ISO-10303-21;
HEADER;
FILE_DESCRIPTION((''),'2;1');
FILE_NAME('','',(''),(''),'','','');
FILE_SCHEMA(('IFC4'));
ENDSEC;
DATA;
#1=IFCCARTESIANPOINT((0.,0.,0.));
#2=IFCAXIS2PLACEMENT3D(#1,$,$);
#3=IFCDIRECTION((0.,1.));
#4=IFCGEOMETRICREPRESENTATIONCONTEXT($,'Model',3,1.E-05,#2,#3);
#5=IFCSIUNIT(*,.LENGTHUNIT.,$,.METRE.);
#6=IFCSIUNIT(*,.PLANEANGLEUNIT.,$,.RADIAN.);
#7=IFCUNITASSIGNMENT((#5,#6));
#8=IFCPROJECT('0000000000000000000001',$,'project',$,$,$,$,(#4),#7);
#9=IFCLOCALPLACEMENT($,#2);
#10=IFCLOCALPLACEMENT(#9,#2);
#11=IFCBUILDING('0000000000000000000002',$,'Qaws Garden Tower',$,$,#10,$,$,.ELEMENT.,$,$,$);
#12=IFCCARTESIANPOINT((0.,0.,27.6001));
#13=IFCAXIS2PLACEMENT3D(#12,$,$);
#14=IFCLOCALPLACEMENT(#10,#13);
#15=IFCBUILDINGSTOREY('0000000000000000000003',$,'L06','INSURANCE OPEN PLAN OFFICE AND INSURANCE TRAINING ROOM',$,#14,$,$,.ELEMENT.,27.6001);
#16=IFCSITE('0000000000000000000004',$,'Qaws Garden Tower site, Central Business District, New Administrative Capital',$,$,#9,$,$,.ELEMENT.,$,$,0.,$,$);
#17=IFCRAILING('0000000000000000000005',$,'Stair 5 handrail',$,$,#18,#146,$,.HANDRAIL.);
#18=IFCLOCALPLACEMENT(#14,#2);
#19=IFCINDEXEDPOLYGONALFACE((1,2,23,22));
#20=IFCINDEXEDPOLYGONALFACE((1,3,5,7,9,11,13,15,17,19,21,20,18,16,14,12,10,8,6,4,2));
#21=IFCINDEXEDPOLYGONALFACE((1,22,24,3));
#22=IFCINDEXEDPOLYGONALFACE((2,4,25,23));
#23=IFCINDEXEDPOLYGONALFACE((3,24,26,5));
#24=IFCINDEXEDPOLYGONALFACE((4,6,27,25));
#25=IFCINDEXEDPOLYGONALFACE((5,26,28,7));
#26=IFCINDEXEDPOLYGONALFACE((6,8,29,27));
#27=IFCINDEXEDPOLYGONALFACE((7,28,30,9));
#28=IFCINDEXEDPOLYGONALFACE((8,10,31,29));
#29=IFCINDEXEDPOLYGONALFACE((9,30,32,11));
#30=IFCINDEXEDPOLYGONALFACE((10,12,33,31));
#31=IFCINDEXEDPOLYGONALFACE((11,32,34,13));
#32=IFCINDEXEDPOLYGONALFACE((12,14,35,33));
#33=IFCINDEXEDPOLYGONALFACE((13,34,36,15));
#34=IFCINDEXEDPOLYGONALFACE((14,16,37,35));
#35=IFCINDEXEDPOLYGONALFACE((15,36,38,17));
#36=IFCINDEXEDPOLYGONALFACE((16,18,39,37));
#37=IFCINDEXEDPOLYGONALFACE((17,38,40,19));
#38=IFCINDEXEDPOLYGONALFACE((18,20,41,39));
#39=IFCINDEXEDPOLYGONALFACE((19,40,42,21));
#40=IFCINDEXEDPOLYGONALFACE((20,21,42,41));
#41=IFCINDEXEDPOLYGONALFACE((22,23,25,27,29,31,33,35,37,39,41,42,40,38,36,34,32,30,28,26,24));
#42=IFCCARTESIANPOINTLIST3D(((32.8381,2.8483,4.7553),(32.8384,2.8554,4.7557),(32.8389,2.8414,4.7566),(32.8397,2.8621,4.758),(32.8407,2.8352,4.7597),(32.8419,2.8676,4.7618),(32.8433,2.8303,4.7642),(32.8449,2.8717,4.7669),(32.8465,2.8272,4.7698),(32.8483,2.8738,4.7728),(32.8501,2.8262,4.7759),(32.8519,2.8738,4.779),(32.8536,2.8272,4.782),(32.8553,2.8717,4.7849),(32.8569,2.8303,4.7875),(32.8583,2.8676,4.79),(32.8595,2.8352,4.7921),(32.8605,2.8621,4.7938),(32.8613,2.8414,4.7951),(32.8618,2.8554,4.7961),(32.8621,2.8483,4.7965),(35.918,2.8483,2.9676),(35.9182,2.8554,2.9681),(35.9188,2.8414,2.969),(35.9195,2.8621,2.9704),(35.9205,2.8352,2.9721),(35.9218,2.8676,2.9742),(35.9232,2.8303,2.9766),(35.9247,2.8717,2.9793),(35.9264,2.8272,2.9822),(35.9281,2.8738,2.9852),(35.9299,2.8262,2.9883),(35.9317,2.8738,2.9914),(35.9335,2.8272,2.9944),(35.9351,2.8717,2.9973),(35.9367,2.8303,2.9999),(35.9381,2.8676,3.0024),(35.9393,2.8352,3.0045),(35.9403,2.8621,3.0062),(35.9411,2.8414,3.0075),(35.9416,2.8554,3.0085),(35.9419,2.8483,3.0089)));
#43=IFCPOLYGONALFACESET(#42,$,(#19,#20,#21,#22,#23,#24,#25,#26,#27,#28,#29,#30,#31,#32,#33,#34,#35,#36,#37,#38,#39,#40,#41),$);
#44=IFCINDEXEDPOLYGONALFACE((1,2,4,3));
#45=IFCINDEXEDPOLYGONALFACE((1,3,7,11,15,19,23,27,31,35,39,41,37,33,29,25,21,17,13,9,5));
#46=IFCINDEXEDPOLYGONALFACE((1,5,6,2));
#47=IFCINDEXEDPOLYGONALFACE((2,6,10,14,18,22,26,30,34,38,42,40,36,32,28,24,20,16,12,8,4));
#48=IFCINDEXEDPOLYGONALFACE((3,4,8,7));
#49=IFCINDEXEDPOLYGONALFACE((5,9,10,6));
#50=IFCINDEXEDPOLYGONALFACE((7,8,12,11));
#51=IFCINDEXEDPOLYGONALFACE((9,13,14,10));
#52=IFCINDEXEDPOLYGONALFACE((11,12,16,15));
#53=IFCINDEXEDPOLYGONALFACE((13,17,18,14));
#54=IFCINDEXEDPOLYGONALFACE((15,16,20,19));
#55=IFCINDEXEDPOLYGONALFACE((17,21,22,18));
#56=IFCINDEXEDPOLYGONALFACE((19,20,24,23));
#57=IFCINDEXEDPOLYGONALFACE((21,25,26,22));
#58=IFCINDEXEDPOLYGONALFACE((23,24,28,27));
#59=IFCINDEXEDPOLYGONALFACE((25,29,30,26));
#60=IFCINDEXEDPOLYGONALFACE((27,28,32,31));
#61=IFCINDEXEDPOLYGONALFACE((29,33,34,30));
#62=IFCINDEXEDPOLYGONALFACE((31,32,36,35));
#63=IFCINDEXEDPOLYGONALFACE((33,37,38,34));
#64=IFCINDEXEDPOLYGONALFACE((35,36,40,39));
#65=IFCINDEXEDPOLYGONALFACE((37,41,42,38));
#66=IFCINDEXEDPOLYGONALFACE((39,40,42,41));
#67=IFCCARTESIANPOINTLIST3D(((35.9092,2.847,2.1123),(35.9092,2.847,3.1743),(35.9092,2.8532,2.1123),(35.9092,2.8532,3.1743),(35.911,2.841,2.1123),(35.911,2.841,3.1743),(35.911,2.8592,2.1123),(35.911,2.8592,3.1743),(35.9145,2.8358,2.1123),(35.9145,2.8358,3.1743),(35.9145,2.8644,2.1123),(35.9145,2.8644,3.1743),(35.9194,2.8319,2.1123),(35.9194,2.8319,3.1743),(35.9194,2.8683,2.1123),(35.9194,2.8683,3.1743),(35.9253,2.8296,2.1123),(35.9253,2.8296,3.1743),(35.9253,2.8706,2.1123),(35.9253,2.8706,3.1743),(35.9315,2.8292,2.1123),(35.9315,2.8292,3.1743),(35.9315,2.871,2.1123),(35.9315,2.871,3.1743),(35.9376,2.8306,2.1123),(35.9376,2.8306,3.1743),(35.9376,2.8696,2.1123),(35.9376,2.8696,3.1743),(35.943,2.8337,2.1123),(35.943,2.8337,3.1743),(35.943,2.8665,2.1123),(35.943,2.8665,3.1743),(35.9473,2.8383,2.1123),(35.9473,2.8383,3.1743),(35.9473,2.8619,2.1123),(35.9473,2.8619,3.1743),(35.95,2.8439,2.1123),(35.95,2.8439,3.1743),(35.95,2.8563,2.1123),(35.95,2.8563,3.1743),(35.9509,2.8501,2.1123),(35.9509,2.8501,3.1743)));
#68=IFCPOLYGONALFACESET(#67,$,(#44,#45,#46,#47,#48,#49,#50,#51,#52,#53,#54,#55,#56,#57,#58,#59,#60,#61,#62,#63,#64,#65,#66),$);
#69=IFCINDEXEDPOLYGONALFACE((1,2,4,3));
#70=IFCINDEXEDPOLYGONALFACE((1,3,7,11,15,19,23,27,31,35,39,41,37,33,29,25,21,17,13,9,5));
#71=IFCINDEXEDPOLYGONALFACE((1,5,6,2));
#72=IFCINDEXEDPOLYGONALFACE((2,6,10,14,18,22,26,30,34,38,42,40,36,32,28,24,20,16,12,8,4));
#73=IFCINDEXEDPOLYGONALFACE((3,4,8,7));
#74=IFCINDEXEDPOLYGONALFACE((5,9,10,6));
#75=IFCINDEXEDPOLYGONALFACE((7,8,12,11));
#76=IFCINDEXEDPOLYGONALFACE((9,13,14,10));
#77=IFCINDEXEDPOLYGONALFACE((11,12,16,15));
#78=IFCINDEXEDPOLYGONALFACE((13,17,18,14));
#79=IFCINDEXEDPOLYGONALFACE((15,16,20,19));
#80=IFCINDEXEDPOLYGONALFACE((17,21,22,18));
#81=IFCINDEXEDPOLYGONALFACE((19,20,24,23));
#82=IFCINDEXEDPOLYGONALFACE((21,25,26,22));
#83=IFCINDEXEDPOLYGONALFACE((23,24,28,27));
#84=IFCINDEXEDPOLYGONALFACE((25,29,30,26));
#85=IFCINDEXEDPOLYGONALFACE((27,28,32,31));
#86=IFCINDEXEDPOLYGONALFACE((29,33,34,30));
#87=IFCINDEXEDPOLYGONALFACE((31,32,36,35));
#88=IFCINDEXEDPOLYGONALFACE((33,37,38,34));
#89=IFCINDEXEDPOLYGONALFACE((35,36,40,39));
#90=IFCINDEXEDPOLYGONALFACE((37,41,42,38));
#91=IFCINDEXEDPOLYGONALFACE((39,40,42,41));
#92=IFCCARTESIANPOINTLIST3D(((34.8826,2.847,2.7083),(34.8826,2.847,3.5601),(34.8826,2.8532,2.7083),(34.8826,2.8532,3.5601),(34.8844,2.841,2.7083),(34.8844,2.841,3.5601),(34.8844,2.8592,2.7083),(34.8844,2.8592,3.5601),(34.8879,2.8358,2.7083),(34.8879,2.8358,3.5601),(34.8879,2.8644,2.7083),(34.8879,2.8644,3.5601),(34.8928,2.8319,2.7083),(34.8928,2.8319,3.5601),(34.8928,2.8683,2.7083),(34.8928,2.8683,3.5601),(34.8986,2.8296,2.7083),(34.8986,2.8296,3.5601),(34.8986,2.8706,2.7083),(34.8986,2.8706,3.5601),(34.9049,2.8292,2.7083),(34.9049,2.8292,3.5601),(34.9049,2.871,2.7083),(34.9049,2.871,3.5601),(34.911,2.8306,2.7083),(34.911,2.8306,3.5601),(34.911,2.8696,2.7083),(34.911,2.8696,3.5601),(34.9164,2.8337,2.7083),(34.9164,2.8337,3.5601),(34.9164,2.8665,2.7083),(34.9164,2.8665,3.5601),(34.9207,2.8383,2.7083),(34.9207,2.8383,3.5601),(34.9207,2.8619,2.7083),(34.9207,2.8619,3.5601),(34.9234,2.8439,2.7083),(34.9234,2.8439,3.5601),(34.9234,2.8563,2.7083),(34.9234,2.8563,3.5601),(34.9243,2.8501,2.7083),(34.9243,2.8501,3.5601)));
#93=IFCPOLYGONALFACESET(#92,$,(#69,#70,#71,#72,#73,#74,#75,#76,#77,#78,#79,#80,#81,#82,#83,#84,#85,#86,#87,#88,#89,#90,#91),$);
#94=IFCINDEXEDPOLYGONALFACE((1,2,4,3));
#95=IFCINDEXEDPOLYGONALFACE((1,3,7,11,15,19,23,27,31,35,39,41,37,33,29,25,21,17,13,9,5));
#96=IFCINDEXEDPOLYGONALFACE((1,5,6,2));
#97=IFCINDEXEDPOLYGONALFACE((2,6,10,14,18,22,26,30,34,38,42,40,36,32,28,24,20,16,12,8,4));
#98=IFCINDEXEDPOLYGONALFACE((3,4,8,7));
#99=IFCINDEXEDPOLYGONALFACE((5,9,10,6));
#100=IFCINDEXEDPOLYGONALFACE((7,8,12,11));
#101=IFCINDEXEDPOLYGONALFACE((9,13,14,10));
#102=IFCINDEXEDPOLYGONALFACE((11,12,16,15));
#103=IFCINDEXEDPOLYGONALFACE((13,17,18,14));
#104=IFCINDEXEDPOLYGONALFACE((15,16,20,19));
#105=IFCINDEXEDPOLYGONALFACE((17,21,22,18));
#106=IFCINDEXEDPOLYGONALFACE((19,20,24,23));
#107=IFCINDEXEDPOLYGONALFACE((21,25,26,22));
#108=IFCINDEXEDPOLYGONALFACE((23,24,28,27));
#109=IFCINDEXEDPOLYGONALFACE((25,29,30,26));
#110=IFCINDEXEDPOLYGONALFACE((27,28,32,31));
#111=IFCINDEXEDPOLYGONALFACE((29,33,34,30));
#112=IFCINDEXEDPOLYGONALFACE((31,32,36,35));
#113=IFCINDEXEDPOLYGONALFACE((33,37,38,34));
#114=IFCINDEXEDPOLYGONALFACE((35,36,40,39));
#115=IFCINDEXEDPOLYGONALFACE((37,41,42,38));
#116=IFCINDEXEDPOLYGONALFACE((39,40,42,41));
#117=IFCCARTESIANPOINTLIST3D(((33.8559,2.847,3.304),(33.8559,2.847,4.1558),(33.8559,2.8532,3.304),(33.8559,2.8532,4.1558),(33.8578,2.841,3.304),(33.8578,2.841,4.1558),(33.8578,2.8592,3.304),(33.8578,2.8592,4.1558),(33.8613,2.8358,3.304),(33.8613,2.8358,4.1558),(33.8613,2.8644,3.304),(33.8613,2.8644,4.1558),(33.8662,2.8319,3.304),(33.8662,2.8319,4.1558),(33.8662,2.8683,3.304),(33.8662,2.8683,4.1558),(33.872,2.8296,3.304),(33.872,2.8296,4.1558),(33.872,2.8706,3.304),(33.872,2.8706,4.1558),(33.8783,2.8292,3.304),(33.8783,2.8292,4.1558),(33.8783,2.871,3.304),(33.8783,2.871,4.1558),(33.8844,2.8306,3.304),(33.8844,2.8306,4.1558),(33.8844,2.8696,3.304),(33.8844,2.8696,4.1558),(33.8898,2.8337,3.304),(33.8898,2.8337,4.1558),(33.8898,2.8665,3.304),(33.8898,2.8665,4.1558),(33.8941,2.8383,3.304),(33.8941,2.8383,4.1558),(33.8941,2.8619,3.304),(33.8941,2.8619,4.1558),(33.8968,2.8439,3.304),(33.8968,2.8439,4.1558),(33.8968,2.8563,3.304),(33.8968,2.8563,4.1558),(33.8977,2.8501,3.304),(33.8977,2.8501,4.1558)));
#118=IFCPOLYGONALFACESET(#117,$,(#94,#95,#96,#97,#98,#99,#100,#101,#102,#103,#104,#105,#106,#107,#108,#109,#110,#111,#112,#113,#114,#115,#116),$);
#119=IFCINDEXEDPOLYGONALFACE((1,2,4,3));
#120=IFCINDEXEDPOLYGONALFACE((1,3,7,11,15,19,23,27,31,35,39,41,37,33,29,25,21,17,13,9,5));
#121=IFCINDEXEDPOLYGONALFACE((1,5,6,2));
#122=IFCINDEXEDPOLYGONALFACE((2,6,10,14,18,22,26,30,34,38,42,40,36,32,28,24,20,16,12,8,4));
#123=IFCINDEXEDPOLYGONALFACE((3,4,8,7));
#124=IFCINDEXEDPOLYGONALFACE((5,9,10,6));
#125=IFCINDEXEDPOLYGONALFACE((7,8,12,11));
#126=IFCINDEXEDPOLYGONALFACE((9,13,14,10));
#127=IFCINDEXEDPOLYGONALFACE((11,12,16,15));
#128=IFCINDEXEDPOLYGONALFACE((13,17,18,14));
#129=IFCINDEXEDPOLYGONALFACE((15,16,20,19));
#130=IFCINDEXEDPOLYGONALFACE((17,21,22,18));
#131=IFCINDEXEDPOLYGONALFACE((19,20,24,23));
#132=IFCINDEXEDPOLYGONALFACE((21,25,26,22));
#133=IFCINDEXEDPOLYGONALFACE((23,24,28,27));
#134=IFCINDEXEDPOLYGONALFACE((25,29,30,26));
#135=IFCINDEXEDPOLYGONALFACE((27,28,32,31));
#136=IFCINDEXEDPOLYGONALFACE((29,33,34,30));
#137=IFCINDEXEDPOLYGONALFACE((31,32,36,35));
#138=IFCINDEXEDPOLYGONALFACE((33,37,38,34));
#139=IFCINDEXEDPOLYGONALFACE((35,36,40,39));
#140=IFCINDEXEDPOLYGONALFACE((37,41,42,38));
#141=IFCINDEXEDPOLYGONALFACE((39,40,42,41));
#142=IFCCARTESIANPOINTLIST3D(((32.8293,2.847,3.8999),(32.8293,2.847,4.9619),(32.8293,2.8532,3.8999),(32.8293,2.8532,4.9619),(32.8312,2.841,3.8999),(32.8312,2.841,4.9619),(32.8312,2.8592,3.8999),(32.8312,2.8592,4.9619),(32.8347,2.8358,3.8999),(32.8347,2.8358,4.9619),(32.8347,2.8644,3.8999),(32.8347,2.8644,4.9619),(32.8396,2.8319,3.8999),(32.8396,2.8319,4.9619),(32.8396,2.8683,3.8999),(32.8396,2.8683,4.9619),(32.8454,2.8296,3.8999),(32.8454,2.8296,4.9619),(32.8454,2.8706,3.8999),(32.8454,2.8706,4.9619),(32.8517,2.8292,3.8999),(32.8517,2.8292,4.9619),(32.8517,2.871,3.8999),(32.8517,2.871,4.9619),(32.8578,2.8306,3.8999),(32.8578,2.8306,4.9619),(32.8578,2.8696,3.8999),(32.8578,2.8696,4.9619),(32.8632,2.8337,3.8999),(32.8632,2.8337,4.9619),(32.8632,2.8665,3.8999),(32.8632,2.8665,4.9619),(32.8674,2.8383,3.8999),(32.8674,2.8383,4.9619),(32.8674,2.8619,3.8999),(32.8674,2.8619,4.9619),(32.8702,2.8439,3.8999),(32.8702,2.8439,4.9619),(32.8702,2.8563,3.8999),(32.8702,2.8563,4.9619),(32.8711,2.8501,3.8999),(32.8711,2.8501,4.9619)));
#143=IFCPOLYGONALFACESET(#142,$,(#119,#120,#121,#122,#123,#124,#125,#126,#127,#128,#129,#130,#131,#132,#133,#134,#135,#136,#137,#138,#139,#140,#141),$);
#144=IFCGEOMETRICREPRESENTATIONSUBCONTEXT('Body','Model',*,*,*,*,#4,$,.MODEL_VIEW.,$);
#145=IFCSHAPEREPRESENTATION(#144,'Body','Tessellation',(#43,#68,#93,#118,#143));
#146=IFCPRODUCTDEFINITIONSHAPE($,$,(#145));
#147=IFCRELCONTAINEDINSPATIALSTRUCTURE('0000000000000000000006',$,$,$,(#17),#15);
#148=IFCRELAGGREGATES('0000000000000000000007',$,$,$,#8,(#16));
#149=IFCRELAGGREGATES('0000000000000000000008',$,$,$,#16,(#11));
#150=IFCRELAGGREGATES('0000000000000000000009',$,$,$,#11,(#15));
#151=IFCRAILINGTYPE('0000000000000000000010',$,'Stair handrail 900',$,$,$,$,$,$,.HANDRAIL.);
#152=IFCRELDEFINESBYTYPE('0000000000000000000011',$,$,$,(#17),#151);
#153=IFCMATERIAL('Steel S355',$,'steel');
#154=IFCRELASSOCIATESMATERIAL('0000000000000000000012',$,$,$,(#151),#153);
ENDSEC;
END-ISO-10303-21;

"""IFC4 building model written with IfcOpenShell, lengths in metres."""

from ifc_helpers import new_model, si_unit, direction, frame, origin, origin_2d, place, context, subcontext, project, spatial, circle, extrude, material, type_object, element, save


model = new_model("IFC4")

# Units and contexts
model_context = context("Model", 3, precision=1e-05, world=origin(), true_north=direction((0.0, 1.0)))
body_context = subcontext(model_context, "Body", "Model", "MODEL_VIEW")
ifc_project = project(units=[si_unit("LENGTHUNIT", "METRE"), si_unit("PLANEANGLEUNIT", "RADIAN")], contexts=[model_context])

# Site, building, storey
site_placement = place(None, origin())
site = spatial("IfcSite", under=ifc_project, at=site_placement, Name="Qaws Garden Tower site, Central Business District, New Administrative Capital", CompositionType="ELEMENT", RefElevation=0.0)
building_placement = place(site_placement, origin())
building = spatial("IfcBuilding", under=site, at=building_placement, Name="Qaws Garden Tower", CompositionType="ELEMENT")
storey_placement = place(building_placement, frame((0.0, 0.0, 27.6001)))
storey = spatial("IfcBuildingStorey", under=building, at=storey_placement, Name="L06", Description="INSURANCE OPEN PLAN OFFICE AND INSURANCE TRAINING ROOM", CompositionType="ELEMENT", Elevation=27.6001)

# Railing
ifc_material_1 = material(Name="Steel S355", Category="steel")
railing_type = type_object("IfcRailingType", Name="Stair handrail 900", PredefinedType="HANDRAIL", material=ifc_material_1)
railing_1_placement = place(storey_placement, frame((35.9299, 2.8501, 2.1123)))
element("IfcRailing", 1, at=railing_1_placement, inside=storey, type_object=railing_type, Name="Stair 5 handrail", PredefinedType="HANDRAIL", context=body_context, shape_type="SweptSolid", body=[
    extrude(circle(Radius=0.0239, at=origin_2d()), frame((0.0, 0.0, 0.876), z_axis=(-0.864873, 0.0, 0.50199), x_axis=(0.0, -1.0, 0.0)), (0.0, 0.0, 1.0), 3.561),
    extrude(circle(Radius=0.021, at=origin_2d()), origin(), (0.0, 0.0, 1.0), 1.062),
    extrude(circle(Radius=0.021, at=origin_2d()), frame((-1.0266, 0.0, 0.5959)), (0.0, 0.0, 1.0), 0.8518),
    extrude(circle(Radius=0.021, at=origin_2d()), frame((-2.0532, 0.0, 1.1917)), (0.0, 0.0, 1.0), 0.8518),
    extrude(circle(Radius=0.021, at=origin_2d()), frame((-3.0798, 0.0, 1.7876)), (0.0, 0.0, 1.0), 1.062),
])

save(model, "model.ifc")
